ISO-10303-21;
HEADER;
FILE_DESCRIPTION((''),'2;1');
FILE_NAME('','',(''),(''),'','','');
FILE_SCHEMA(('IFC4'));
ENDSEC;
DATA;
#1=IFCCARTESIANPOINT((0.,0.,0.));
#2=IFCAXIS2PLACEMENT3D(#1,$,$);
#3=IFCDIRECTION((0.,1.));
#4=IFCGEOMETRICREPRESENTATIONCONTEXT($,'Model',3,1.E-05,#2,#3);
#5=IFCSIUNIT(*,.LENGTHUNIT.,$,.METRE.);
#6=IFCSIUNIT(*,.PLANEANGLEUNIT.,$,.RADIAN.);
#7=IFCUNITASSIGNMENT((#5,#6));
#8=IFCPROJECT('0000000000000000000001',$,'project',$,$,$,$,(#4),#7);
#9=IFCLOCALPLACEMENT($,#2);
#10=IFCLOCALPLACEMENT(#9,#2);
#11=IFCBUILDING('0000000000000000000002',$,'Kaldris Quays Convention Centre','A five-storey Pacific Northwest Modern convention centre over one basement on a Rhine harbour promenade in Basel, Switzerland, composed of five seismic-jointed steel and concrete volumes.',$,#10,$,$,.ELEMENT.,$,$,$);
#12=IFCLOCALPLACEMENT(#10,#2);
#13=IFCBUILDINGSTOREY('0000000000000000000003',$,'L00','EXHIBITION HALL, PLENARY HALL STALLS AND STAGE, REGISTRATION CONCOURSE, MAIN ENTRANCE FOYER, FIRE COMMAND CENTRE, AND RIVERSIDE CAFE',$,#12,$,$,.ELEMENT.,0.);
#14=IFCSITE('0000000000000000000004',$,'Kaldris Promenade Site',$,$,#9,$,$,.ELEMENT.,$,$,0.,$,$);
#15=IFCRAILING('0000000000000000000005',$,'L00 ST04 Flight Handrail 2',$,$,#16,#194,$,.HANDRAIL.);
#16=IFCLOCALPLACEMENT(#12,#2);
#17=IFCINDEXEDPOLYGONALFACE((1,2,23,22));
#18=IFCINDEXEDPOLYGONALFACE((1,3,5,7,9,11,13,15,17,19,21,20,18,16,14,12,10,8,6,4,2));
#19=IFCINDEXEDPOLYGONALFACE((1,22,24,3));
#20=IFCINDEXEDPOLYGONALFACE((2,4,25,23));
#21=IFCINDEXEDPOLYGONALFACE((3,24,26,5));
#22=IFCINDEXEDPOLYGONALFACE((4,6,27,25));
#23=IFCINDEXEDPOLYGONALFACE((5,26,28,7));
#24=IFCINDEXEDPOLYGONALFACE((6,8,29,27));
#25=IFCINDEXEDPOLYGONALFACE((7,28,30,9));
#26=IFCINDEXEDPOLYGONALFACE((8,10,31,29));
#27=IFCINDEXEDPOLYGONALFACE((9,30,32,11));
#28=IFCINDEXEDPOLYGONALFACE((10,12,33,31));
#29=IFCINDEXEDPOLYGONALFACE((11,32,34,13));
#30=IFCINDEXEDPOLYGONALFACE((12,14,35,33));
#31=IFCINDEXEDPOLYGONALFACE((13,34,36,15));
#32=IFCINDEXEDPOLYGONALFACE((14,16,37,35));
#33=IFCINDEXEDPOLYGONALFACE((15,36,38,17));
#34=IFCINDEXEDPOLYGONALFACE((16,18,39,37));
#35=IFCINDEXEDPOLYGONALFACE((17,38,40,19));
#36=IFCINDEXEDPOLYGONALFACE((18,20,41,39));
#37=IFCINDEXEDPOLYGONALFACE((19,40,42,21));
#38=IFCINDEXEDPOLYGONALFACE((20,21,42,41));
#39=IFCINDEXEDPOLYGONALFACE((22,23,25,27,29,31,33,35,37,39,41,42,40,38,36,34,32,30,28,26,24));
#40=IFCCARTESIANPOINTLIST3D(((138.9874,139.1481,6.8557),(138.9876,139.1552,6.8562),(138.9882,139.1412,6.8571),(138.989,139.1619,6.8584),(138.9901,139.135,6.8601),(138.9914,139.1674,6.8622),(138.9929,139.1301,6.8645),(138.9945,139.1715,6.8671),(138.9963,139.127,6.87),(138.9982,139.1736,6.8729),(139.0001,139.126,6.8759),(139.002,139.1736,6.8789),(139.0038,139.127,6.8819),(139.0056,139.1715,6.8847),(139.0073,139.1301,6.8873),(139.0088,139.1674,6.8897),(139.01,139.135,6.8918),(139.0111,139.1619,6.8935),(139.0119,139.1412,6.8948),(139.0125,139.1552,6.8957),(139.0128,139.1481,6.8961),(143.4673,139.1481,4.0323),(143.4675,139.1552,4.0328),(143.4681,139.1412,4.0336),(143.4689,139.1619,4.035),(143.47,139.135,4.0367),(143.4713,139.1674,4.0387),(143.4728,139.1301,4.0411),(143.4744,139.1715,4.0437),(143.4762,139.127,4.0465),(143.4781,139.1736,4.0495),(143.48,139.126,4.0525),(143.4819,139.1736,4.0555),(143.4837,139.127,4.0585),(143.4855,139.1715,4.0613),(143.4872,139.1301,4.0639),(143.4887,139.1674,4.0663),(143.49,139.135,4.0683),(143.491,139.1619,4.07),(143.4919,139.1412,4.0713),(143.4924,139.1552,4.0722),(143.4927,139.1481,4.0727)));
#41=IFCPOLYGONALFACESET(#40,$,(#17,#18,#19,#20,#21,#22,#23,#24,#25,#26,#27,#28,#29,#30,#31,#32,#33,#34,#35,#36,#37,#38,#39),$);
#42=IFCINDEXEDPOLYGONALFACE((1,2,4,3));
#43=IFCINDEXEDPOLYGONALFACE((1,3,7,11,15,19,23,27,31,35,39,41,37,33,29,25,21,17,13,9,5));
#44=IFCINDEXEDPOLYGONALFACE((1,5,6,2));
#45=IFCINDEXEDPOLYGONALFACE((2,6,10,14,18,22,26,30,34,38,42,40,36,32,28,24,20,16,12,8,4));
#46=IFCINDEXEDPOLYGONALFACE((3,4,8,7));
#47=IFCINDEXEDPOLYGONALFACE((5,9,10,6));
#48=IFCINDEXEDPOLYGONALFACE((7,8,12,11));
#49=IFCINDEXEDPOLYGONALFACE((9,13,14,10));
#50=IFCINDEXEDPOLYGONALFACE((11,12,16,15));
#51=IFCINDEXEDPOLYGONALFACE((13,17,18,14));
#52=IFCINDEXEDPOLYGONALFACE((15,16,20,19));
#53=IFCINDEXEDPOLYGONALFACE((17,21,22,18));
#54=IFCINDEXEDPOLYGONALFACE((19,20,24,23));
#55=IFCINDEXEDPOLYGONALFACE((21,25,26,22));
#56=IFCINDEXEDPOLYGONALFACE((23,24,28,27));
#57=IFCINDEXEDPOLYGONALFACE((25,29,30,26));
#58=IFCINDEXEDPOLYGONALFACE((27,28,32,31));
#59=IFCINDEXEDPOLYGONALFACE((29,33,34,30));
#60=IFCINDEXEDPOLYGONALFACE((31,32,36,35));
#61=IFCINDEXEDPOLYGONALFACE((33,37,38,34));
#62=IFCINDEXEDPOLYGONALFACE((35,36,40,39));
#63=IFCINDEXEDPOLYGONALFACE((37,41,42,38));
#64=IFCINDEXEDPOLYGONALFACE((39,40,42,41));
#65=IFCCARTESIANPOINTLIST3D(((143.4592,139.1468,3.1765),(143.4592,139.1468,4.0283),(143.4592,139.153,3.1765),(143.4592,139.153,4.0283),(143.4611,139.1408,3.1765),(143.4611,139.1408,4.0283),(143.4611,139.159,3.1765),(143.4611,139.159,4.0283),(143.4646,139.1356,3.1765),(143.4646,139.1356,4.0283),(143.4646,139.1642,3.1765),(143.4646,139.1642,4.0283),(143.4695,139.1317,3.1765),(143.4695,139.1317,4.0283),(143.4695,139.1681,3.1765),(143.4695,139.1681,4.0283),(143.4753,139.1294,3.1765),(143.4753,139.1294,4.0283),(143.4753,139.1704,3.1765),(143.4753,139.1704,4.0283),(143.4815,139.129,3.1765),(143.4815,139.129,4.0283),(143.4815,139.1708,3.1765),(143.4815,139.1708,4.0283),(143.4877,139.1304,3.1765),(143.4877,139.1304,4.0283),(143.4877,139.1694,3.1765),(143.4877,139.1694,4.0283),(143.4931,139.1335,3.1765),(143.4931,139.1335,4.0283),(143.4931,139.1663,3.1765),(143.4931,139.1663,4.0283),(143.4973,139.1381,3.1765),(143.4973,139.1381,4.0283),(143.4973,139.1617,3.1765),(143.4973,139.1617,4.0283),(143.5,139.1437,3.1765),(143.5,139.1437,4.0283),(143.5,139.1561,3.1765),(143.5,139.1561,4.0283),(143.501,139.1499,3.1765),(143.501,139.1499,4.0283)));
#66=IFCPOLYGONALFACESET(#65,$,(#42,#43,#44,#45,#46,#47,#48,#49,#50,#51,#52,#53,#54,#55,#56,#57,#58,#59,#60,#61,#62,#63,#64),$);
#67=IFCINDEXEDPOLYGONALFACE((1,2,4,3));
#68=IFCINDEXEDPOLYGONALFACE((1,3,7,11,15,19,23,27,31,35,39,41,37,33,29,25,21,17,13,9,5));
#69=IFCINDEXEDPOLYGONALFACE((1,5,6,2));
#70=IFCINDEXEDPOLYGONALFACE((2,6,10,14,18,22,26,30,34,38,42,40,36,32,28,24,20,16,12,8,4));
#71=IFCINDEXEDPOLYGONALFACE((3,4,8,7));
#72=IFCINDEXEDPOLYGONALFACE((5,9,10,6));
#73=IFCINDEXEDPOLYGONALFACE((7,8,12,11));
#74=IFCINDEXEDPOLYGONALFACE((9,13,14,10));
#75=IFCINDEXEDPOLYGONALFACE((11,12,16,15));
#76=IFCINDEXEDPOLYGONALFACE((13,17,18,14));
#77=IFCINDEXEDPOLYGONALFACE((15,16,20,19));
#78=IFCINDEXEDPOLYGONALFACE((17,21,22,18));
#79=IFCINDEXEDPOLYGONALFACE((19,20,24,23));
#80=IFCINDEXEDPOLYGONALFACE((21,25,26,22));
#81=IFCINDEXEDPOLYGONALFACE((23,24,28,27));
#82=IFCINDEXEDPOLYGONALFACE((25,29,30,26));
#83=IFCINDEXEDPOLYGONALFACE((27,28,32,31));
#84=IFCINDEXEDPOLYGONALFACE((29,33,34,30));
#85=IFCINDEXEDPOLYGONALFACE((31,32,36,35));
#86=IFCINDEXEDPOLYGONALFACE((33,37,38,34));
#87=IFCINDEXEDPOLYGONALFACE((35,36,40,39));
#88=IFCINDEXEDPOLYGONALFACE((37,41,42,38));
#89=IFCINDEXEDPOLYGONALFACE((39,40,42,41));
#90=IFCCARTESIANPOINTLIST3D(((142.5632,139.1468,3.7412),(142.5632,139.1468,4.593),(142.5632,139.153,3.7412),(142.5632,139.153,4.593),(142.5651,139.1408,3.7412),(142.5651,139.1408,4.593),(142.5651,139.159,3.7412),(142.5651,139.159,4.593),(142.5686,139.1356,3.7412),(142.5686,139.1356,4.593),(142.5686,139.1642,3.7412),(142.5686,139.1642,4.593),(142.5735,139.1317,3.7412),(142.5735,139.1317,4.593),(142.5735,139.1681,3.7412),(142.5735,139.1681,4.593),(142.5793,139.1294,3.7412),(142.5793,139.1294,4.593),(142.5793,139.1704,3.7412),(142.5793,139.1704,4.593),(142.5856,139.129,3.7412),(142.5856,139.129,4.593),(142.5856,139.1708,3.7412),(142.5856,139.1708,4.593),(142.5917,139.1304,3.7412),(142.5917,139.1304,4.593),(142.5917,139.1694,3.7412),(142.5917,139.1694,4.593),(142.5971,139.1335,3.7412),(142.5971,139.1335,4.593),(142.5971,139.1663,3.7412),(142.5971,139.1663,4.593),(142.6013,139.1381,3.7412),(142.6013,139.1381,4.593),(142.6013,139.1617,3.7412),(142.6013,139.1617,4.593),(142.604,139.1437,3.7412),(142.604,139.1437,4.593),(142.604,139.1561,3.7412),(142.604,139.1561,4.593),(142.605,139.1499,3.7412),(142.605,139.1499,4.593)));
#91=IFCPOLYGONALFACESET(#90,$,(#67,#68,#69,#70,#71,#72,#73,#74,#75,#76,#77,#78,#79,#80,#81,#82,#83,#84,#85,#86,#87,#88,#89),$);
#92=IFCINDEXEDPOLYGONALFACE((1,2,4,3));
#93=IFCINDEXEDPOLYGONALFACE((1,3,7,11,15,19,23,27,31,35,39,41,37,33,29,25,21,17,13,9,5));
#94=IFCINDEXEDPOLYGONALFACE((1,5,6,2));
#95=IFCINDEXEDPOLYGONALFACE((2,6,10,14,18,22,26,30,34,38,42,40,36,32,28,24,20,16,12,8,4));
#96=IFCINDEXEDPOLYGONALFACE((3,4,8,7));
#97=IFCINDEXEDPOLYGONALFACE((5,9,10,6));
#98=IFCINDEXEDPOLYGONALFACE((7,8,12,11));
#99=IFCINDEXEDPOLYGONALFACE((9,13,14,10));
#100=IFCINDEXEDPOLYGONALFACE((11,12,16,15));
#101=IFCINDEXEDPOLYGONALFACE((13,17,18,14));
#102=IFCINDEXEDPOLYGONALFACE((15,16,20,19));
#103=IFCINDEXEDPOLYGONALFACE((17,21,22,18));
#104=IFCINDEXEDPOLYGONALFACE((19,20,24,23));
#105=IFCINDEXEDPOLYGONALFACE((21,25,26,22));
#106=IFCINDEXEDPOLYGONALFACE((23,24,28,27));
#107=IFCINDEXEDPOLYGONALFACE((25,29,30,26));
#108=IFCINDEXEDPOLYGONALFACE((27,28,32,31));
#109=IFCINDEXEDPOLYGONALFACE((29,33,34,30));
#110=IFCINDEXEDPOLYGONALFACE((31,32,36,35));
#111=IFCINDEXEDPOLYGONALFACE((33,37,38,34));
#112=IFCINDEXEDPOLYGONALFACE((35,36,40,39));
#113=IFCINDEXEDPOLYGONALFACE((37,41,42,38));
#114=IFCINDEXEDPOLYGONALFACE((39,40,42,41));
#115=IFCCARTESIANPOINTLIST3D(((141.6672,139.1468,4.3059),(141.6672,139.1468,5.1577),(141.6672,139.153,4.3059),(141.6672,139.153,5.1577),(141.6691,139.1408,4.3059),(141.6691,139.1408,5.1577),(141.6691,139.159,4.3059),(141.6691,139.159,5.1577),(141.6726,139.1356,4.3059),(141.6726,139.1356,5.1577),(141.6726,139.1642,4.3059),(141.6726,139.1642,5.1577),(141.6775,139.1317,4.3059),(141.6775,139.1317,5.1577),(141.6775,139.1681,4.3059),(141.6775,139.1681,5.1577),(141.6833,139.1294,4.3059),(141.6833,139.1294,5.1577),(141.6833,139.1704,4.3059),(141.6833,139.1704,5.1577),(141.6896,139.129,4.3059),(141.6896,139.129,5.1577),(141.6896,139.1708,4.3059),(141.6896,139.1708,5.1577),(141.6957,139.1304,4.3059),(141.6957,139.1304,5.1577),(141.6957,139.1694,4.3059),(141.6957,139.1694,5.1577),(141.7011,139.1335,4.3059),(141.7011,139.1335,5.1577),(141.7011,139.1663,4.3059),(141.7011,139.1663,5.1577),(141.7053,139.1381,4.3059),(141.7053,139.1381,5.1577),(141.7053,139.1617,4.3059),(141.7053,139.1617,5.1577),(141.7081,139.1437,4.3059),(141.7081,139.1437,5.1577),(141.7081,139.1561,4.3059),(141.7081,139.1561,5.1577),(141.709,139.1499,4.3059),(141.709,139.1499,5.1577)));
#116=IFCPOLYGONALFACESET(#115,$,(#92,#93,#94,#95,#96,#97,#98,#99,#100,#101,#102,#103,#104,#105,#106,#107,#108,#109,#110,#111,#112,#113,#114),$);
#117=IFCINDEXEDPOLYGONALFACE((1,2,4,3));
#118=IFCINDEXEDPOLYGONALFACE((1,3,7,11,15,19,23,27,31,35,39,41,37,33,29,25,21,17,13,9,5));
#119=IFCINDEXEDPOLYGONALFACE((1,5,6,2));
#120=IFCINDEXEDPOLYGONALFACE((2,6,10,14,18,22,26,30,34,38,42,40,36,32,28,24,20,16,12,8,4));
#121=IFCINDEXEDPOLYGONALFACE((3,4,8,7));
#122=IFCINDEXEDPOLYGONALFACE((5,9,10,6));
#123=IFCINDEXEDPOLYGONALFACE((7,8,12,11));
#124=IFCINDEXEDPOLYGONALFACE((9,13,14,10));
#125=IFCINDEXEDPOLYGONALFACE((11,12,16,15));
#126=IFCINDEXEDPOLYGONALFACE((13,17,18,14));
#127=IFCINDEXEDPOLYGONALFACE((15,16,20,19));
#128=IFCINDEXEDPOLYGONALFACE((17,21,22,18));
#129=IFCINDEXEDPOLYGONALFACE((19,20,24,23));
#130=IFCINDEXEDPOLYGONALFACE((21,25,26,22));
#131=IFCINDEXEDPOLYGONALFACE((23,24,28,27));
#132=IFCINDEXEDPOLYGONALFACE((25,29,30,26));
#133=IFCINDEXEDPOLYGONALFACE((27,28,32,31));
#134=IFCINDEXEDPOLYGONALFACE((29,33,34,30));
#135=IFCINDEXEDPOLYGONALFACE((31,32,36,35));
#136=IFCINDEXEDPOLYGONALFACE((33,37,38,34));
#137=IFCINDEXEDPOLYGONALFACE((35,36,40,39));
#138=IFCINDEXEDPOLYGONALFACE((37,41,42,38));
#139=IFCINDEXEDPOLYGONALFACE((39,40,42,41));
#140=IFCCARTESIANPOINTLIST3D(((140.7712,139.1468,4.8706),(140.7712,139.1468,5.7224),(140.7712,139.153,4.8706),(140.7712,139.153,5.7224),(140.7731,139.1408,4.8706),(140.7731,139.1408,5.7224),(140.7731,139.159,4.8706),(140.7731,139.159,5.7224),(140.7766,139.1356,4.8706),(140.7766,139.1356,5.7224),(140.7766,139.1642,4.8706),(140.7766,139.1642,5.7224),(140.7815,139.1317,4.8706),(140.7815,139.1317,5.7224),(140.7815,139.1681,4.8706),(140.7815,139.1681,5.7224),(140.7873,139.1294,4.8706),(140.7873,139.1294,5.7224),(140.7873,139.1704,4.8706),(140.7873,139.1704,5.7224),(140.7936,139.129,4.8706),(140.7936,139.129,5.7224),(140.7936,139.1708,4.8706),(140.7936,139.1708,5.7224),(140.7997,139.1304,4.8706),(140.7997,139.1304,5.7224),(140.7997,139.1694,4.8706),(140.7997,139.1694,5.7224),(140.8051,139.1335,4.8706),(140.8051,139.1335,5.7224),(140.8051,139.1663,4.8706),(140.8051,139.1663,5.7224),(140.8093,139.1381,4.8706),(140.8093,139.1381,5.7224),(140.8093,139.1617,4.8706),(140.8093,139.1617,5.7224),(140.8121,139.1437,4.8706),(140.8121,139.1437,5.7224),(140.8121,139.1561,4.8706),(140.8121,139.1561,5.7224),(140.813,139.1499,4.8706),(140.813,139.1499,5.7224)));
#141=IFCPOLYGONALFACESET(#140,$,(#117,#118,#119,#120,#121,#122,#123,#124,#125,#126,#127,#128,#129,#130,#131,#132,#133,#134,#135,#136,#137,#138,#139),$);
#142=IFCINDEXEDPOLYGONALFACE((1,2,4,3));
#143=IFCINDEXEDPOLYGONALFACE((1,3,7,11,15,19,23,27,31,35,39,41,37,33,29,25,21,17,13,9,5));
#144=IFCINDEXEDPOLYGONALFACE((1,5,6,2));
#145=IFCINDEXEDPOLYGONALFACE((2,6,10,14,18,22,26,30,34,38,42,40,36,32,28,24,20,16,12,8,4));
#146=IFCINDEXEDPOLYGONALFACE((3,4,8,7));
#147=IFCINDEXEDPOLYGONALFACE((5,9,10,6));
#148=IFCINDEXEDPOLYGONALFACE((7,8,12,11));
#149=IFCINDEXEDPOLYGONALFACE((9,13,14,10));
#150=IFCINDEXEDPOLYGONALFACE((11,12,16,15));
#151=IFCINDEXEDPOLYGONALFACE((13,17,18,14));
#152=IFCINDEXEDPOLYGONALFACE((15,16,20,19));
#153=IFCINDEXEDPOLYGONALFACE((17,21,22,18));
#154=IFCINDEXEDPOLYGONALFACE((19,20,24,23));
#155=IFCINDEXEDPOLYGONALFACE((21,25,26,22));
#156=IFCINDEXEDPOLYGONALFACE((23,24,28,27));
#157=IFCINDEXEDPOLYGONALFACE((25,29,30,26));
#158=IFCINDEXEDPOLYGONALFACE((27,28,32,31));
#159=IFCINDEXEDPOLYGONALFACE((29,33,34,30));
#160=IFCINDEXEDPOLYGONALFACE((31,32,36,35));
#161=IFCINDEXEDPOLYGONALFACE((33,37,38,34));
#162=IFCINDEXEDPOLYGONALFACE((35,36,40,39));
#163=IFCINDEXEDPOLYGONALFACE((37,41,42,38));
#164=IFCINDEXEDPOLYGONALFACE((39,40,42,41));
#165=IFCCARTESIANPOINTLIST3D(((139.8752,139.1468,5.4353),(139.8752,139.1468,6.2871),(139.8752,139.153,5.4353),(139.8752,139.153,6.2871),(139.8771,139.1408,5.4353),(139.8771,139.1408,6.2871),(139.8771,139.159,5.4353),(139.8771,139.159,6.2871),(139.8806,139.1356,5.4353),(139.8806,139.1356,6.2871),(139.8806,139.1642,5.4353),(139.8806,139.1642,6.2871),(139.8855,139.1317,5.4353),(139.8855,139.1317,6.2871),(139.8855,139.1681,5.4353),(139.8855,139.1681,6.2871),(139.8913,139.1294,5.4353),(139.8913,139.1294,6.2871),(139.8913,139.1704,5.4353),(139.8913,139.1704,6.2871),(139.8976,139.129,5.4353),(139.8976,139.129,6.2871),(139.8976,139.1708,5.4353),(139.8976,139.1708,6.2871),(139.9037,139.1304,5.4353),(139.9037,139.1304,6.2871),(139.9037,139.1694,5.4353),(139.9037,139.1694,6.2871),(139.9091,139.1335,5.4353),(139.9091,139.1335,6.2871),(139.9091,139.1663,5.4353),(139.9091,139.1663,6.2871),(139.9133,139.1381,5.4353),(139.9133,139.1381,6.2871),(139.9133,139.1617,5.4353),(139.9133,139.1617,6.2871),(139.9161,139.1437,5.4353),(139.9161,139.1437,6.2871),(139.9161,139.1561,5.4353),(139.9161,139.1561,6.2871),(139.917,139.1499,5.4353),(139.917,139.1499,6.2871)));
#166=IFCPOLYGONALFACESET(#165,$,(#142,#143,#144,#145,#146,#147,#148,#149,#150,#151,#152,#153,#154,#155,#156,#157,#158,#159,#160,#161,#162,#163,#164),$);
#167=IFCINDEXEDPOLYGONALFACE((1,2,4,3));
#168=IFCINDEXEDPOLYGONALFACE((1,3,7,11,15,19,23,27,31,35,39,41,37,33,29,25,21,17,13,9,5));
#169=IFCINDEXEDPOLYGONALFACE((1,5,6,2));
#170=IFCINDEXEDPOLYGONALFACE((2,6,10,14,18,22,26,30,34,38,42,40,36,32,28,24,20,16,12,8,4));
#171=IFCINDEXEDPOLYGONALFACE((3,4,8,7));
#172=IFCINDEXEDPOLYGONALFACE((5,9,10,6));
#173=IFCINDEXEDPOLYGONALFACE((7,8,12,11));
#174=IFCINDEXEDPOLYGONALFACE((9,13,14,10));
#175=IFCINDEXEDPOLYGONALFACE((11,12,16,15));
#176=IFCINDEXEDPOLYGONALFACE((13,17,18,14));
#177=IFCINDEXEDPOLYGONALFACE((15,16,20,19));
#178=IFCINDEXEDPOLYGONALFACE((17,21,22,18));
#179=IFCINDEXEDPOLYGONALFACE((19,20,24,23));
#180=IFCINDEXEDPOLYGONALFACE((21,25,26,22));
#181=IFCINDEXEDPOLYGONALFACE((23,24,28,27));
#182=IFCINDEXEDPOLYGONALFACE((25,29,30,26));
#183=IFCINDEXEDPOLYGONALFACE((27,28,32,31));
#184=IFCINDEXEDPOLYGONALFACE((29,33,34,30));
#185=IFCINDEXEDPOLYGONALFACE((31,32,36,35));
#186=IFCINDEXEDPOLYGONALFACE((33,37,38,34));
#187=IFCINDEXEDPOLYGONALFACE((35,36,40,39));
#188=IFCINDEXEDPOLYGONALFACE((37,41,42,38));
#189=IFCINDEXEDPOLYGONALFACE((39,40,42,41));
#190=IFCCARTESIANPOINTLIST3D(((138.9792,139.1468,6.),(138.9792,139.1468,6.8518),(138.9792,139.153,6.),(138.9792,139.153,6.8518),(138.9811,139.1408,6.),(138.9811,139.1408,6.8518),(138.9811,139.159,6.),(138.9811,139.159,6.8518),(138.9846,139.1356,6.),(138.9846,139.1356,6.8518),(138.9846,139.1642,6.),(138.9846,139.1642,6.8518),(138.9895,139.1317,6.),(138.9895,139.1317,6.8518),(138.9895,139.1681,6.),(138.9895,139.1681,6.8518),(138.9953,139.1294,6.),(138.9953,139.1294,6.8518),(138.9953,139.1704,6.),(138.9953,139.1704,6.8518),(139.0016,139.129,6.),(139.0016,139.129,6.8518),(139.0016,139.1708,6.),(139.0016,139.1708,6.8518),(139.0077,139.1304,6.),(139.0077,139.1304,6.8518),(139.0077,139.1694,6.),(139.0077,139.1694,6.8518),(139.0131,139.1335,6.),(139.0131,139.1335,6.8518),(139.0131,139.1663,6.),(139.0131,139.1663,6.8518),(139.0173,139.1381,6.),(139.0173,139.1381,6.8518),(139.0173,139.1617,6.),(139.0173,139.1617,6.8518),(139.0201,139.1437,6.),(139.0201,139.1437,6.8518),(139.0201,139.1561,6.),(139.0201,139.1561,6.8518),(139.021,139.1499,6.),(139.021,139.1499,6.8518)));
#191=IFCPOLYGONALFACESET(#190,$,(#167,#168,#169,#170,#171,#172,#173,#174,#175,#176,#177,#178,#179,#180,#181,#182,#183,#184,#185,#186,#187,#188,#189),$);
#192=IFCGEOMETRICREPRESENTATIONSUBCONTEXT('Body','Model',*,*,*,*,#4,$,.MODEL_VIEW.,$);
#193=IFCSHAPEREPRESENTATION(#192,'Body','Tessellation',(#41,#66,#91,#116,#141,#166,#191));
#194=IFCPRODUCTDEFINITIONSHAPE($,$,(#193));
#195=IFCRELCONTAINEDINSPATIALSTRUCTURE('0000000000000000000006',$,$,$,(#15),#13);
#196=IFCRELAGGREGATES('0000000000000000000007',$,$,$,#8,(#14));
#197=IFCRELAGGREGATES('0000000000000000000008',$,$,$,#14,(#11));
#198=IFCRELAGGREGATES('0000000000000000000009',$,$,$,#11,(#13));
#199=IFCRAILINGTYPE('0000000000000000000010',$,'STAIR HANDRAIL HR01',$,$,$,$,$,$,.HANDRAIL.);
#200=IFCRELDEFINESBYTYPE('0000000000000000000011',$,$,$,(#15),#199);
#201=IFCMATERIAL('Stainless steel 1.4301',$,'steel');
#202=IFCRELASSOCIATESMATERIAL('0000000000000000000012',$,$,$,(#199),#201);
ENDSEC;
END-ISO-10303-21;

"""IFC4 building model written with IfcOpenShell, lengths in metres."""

from ifc_helpers import new_model, si_unit, direction, frame, origin, origin_2d, place, context, subcontext, project, spatial, circle, extrude, material, type_object, element, save


model = new_model("IFC4")

# Units and contexts
model_context = context("Model", 3, precision=1e-05, world=origin(), true_north=direction((0.0, 1.0)))
body_context = subcontext(model_context, "Body", "Model", "MODEL_VIEW")
ifc_project = project(units=[si_unit("LENGTHUNIT", "METRE"), si_unit("PLANEANGLEUNIT", "RADIAN")], contexts=[model_context])

# Site, building, storey
site_placement = place(None, origin())
site = spatial("IfcSite", under=ifc_project, at=site_placement, Name="Kaldris Promenade Site", CompositionType="ELEMENT", RefElevation=0.0)
building_placement = place(site_placement, origin())
building = spatial("IfcBuilding", under=site, at=building_placement, Name="Kaldris Quays Convention Centre", Description="A five-storey Pacific Northwest Modern convention centre over one basement on a Rhine harbour promenade in Basel, Switzerland, composed of five seismic-jointed steel and concrete volumes.", CompositionType="ELEMENT")
storey_placement = place(building_placement, origin())
storey = spatial("IfcBuildingStorey", under=building, at=storey_placement, Name="L00", Description="EXHIBITION HALL, PLENARY HALL STALLS AND STAGE, REGISTRATION CONCOURSE, MAIN ENTRANCE FOYER, FIRE COMMAND CENTRE, AND RIVERSIDE CAFE", CompositionType="ELEMENT", Elevation=0.0)

# Railing
ifc_material_1 = material(Name="Stainless steel 1.4301", Category="steel")
railing_type_1 = type_object("IfcRailingType", Name="STAIR HANDRAIL HR01", PredefinedType="HANDRAIL", material=ifc_material_1)
railing_1_placement = place(storey_placement, frame((143.48, 139.1499, 3.1765)))
element("IfcRailing", 1, at=railing_1_placement, inside=storey, type_object=railing_type_1, Name="L00 ST04 Flight Handrail 2", PredefinedType="HANDRAIL", context=body_context, shape_type="SweptSolid", body=[
    extrude(circle(Radius=0.0239, at=origin_2d()), frame((0.0, 0.0, 0.876), z_axis=(-0.845998, 0.0, 0.533186), x_axis=(0.0, -1.0, 0.0)), (0.0, 0.0, 1.0), 5.2954),
    extrude(circle(Radius=0.021, at=origin_2d()), origin(), (0.0, 0.0, 1.0), 0.8518),
    extrude(circle(Radius=0.021, at=origin_2d()), frame((-0.896, 0.0, 0.5647)), (0.0, 0.0, 1.0), 0.8518),
    extrude(circle(Radius=0.021, at=origin_2d()), frame((-1.792, 0.0, 1.1294)), (0.0, 0.0, 1.0), 0.8518),
    extrude(circle(Radius=0.021, at=origin_2d()), frame((-2.688, 0.0, 1.6941)), (0.0, 0.0, 1.0), 0.8518),
    extrude(circle(Radius=0.021, at=origin_2d()), frame((-3.584, 0.0, 2.2588)), (0.0, 0.0, 1.0), 0.8518),
    extrude(circle(Radius=0.021, at=origin_2d()), frame((-4.48, 0.0, 2.8235)), (0.0, 0.0, 1.0), 0.8518),
])

save(model, "model.ifc")
